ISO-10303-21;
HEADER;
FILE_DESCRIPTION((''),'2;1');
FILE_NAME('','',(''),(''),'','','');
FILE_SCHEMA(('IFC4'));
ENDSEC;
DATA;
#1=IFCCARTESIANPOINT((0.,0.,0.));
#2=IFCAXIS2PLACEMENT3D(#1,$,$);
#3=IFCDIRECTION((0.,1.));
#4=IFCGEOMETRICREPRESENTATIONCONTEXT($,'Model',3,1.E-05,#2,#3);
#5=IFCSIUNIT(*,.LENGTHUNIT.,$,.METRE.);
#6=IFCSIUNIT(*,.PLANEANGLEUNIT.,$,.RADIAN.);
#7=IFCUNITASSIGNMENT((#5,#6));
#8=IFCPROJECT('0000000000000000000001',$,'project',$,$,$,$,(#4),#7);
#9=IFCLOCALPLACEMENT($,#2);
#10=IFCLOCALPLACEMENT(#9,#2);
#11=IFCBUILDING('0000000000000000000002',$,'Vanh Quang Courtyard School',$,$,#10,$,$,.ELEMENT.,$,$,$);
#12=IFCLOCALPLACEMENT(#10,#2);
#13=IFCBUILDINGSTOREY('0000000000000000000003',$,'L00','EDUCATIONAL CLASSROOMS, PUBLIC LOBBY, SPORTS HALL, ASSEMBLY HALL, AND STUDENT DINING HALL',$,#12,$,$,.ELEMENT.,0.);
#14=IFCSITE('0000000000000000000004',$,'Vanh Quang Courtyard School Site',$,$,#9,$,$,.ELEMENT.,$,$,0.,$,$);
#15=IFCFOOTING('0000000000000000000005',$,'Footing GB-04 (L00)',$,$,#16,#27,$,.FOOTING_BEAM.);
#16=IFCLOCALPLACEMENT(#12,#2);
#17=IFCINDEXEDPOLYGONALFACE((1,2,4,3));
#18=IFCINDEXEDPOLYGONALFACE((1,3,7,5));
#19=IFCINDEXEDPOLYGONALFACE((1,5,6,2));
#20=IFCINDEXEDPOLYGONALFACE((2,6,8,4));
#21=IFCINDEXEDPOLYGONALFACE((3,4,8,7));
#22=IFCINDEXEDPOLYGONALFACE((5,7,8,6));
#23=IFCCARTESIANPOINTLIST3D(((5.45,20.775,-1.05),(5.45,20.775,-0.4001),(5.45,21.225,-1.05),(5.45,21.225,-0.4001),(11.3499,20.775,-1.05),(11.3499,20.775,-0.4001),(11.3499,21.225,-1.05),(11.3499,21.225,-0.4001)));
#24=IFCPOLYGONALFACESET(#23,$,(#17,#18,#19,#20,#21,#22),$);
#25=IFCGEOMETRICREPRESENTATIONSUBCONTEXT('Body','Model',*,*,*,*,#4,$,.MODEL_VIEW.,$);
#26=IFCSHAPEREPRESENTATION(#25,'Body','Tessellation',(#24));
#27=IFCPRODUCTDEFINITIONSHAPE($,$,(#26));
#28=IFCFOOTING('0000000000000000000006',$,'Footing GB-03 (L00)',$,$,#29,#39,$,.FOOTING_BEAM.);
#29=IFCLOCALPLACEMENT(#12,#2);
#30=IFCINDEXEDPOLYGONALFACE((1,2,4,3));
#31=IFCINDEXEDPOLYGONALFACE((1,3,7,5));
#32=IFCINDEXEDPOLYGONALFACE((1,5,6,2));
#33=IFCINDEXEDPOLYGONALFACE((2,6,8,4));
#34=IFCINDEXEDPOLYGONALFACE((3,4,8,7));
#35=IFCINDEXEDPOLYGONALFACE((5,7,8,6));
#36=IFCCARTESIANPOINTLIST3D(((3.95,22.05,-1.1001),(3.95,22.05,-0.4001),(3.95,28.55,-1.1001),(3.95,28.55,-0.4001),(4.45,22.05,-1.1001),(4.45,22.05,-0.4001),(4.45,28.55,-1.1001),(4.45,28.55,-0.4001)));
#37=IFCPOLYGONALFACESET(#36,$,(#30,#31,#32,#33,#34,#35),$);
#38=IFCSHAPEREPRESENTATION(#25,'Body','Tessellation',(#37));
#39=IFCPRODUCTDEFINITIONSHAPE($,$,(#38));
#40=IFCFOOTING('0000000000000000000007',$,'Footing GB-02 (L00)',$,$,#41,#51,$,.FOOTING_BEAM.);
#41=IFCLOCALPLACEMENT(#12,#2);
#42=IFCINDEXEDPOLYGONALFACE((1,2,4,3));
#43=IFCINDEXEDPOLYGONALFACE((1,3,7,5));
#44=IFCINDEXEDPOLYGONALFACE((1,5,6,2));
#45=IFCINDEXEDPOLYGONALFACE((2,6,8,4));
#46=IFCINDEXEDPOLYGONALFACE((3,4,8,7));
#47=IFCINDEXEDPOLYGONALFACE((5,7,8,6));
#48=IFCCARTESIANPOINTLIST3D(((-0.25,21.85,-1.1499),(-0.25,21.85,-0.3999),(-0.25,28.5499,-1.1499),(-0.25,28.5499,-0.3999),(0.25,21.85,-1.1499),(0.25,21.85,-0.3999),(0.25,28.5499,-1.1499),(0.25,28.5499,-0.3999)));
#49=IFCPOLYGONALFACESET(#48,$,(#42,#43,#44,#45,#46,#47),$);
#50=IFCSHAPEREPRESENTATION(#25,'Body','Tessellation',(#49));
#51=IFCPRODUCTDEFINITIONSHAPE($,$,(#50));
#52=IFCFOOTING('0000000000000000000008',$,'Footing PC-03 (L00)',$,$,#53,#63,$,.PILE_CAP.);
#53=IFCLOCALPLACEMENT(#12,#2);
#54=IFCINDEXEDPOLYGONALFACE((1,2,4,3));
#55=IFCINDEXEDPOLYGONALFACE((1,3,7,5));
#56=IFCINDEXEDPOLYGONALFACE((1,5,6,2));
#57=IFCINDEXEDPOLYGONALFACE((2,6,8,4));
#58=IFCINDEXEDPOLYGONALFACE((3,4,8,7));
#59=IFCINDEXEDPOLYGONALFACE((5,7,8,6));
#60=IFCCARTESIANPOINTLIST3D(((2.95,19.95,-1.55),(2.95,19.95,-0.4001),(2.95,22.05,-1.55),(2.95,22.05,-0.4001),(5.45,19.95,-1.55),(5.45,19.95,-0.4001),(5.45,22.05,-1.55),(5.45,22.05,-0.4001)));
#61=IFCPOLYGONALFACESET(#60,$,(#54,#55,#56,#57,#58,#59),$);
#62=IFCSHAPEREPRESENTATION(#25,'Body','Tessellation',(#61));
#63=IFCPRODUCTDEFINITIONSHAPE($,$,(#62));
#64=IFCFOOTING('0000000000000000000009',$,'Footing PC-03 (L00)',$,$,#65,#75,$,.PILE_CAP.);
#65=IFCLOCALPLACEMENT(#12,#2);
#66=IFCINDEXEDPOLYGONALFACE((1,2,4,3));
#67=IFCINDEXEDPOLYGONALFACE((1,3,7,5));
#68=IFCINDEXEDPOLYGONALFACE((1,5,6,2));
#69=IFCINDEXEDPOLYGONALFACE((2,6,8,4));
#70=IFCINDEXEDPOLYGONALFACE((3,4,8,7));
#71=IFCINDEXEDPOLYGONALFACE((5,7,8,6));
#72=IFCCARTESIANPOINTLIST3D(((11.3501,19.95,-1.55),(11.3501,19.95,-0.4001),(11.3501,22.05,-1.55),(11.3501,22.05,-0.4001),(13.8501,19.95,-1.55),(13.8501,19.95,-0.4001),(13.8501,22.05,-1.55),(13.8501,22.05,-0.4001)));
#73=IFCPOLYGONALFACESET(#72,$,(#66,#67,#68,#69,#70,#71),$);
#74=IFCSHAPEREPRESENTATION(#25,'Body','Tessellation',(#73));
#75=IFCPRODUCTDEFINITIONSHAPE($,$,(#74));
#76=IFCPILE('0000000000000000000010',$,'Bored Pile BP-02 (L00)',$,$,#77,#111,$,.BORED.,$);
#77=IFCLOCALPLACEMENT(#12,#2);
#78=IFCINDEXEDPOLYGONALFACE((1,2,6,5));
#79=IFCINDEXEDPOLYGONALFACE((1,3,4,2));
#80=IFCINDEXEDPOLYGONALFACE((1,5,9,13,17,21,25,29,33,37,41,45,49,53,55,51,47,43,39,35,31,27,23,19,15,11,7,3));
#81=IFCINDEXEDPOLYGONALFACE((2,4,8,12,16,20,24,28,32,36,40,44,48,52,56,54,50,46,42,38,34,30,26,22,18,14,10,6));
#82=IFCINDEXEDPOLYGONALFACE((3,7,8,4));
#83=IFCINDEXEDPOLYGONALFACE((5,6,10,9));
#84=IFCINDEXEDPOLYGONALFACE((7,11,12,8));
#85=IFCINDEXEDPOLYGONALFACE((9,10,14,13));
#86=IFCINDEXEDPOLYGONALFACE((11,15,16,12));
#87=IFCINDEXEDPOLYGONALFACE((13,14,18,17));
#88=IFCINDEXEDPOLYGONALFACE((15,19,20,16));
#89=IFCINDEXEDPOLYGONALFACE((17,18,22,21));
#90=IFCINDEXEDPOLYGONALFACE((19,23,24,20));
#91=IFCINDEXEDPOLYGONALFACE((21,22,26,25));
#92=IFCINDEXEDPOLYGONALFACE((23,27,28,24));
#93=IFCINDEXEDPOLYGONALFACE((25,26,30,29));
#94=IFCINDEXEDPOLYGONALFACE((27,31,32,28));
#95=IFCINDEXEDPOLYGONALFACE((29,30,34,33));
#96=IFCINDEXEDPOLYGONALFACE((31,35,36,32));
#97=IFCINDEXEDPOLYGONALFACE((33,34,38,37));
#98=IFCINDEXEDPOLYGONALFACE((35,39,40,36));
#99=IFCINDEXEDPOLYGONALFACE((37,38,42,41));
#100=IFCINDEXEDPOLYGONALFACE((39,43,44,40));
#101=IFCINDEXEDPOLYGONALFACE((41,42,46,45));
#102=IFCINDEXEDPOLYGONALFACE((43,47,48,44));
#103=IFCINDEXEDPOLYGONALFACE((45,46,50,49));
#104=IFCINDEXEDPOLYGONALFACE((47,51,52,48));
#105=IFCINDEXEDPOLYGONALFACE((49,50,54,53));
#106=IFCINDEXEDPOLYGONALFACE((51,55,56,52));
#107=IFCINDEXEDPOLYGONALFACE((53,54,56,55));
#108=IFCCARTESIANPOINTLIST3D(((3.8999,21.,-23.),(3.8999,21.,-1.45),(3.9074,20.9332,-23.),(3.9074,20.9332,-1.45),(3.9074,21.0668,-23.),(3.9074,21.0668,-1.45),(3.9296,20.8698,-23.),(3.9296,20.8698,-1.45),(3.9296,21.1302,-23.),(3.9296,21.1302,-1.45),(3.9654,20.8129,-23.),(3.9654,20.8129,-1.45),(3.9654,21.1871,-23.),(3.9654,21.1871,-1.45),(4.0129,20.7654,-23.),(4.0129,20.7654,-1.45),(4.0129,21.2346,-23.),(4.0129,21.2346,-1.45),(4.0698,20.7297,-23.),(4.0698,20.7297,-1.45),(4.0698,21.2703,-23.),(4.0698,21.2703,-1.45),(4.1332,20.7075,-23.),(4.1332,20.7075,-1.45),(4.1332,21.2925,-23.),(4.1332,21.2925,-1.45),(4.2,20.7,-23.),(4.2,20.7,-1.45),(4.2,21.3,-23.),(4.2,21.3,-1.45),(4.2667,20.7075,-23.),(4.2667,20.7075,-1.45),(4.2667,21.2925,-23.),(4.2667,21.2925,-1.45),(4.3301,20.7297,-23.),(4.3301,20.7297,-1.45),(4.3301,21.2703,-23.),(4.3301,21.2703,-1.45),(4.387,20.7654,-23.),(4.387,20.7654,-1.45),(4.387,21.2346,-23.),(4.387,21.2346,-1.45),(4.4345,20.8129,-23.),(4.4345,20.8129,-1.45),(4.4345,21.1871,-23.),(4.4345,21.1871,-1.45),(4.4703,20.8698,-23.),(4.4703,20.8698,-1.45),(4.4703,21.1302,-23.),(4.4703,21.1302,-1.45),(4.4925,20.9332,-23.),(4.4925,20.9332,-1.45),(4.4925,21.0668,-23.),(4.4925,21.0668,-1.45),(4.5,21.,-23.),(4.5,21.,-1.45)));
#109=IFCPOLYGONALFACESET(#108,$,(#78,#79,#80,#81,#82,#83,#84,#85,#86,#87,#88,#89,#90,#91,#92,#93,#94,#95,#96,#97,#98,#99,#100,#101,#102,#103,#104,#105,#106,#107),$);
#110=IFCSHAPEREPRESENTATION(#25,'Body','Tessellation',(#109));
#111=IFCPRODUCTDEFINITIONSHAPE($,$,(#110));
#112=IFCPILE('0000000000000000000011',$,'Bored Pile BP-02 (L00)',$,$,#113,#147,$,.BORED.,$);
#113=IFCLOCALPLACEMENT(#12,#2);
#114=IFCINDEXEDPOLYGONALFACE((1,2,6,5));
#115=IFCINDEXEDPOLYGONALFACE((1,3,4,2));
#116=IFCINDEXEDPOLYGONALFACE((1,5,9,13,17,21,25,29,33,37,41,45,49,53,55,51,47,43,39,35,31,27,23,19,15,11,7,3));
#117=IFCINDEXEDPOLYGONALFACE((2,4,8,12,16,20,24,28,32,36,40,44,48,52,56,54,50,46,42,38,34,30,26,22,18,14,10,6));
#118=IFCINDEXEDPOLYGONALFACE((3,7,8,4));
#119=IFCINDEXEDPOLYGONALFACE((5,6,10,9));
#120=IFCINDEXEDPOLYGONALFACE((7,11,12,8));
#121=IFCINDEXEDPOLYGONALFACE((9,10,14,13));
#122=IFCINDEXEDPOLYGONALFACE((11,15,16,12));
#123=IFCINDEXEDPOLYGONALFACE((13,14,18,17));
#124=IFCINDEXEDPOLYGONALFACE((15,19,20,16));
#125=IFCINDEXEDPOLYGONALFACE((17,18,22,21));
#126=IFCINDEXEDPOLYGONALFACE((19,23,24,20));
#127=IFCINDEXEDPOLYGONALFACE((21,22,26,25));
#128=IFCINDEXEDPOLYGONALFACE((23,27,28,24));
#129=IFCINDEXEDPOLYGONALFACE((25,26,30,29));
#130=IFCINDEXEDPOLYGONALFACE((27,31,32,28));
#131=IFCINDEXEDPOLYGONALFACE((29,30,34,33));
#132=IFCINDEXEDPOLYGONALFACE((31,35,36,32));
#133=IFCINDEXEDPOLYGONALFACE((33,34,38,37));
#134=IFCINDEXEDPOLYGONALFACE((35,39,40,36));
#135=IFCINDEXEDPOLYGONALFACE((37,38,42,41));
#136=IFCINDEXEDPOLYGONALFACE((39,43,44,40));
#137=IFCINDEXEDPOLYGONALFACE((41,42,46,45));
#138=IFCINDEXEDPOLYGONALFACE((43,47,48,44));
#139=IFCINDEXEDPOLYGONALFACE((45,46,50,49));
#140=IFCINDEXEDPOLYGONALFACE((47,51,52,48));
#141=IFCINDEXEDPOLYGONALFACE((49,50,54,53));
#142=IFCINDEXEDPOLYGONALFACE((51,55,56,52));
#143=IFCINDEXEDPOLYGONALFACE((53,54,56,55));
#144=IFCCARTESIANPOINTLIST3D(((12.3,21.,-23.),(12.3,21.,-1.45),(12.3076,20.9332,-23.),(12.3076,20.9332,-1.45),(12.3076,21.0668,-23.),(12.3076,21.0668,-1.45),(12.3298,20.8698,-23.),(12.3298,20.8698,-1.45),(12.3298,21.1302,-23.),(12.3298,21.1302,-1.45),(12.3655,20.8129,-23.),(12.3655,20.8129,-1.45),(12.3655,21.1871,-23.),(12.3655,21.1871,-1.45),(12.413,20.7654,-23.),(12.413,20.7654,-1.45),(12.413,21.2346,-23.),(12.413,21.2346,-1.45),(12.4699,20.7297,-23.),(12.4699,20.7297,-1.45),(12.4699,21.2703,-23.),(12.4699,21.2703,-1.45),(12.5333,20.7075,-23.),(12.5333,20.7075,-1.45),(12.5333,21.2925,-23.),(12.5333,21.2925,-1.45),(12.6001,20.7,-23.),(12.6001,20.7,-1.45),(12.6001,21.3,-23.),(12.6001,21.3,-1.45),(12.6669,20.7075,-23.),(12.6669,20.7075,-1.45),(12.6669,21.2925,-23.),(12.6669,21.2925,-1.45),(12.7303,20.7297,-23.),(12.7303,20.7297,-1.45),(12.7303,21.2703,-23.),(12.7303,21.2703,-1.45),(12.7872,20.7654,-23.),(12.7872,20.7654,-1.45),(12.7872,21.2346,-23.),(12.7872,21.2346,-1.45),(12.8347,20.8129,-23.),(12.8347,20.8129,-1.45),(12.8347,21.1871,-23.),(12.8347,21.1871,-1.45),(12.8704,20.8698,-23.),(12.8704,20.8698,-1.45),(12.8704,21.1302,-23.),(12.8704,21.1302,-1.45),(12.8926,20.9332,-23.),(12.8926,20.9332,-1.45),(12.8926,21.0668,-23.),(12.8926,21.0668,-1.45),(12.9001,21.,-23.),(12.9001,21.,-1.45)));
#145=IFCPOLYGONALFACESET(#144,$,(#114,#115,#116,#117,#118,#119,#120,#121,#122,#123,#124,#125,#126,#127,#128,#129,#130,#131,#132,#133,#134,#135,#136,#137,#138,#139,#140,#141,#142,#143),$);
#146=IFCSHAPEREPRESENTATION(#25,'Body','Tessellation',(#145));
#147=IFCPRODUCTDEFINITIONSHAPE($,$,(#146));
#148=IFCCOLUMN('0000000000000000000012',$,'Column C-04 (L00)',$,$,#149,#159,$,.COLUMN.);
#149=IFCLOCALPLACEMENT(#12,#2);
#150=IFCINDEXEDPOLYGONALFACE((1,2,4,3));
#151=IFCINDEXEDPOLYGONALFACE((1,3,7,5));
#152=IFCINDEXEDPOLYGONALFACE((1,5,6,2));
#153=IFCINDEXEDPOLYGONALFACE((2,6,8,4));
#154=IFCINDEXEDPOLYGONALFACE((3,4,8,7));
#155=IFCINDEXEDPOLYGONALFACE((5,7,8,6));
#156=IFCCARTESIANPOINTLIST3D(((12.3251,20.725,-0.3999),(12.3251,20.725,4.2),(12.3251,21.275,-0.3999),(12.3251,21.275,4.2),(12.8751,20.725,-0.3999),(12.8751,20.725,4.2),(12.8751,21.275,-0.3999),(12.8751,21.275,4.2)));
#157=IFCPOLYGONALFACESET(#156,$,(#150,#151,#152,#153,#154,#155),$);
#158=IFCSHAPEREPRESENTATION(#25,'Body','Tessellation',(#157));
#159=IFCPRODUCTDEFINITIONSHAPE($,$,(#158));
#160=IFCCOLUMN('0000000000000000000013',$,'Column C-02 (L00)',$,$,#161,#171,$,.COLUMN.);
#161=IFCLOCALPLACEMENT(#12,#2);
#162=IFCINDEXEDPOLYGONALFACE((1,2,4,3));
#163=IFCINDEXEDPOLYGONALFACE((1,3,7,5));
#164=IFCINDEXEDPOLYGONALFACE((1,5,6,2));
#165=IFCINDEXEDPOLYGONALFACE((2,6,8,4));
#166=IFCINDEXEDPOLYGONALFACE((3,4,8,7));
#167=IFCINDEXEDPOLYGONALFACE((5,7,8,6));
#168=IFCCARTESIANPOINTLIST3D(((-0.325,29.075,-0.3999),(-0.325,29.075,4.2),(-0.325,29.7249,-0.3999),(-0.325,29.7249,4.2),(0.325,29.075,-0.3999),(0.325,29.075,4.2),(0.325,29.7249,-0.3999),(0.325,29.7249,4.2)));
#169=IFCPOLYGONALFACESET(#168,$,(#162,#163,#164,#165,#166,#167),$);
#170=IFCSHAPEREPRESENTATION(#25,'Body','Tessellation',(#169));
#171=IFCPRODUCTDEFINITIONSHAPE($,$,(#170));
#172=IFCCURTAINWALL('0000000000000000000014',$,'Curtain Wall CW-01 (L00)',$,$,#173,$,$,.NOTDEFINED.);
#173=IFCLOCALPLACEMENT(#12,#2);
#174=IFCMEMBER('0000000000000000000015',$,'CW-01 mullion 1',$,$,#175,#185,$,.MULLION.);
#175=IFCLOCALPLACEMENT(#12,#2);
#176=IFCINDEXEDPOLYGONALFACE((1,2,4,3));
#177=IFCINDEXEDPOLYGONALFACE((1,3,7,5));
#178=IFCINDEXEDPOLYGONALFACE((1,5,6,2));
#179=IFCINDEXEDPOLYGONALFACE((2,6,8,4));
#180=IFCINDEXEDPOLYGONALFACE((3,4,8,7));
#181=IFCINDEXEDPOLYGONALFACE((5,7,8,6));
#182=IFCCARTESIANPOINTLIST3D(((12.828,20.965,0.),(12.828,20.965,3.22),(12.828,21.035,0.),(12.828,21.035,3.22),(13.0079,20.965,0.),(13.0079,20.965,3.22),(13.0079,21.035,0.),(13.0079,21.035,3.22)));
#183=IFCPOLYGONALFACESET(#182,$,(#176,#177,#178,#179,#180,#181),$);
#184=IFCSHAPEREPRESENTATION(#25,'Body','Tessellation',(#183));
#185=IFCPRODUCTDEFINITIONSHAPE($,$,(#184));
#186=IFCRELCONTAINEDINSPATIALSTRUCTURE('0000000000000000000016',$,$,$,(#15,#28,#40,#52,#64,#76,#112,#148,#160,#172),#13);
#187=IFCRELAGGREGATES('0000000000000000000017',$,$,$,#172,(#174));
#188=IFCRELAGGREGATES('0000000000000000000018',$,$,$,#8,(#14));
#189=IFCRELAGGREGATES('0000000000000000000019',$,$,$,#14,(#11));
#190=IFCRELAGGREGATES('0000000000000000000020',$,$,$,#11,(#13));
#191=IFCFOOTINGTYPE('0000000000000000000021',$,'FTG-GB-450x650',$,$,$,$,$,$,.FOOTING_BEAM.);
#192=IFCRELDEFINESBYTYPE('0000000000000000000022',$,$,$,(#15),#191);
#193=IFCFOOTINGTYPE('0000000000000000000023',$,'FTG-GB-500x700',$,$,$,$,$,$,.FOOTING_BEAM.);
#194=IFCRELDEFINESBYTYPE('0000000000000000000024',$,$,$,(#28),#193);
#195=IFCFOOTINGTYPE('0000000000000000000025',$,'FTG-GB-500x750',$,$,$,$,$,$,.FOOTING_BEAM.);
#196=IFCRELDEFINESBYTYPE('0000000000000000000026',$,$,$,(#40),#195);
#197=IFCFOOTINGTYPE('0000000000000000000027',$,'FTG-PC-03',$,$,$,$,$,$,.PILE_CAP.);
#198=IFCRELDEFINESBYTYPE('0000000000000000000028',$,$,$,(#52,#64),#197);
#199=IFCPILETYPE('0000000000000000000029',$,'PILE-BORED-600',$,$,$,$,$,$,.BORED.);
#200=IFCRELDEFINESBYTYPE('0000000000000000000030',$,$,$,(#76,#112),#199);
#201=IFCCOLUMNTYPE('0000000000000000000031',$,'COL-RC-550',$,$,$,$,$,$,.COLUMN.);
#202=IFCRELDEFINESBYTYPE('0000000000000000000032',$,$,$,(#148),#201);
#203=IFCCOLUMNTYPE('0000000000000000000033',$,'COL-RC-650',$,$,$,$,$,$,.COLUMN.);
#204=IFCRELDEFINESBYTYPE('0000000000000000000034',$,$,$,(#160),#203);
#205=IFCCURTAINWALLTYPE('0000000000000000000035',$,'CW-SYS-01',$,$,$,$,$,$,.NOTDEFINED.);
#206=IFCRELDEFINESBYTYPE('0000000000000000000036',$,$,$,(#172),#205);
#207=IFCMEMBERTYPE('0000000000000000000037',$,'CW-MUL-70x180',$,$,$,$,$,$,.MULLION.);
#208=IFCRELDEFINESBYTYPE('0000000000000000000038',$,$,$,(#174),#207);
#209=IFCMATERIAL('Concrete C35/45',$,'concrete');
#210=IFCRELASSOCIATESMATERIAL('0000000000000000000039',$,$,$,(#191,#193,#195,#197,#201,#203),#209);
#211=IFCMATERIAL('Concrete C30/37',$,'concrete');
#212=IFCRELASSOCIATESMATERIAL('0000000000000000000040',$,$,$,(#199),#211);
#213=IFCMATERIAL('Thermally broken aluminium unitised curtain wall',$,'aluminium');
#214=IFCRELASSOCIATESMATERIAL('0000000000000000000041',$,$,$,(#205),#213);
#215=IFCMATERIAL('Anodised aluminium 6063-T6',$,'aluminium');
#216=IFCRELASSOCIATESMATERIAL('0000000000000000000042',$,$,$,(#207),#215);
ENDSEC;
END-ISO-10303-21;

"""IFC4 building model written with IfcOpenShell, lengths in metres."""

from ifc_helpers import new_model, si_unit, direction, frame, origin, origin_2d, place, context, subcontext, project, spatial, rectangle, circle, extrude, material, material_profile, profile_set, type_object, element, aggregate, save


model = new_model("IFC4")

# Units and contexts
model_context = context("Model", 3, precision=1e-05, world=origin(), true_north=direction((0.0, 1.0)))
body_context = subcontext(model_context, "Body", "Model", "MODEL_VIEW")
ifc_project = project(units=[si_unit("LENGTHUNIT", "METRE"), si_unit("PLANEANGLEUNIT", "RADIAN")], contexts=[model_context])

# Site, building, storey
site_placement = place(None, origin())
site = spatial("IfcSite", under=ifc_project, at=site_placement, Name="Vanh Quang Courtyard School Site", CompositionType="ELEMENT", RefElevation=0.0)
building_placement = place(site_placement, origin())
building = spatial("IfcBuilding", under=site, at=building_placement, Name="Vanh Quang Courtyard School", CompositionType="ELEMENT")
storey_placement = place(building_placement, origin())
storey = spatial("IfcBuildingStorey", under=building, at=storey_placement, Name="L00", Description="EDUCATIONAL CLASSROOMS, PUBLIC LOBBY, SPORTS HALL, ASSEMBLY HALL, AND STUDENT DINING HALL", CompositionType="ELEMENT", Elevation=0.0)

# Footings
ifc_material_1 = material(Name="Concrete C35/45", Category="concrete")
footing_type_1 = type_object("IfcFootingType", Name="FTG-GB-450x650", PredefinedType="FOOTING_BEAM", material=ifc_material_1)
footing_1_placement = place(storey_placement, frame((8.3999, 21.0, -1.05), z_axis=(0.0, 0.0, 1.0), x_axis=(1.0, 0.0, 0.0)))
element("IfcFooting", 1, at=footing_1_placement, inside=storey, type_object=footing_type_1, Name="Footing GB-04 (L00)", PredefinedType="FOOTING_BEAM", context=body_context, shape_type="SweptSolid", body=[
    extrude(rectangle(XDim=5.8999, YDim=0.45, at=origin_2d()), origin(), (0.0, 0.0, 1.0), 0.6499),
])
footing_type_2 = type_object("IfcFootingType", Name="FTG-GB-500x700", PredefinedType="FOOTING_BEAM", material=ifc_material_1)
footing_2_placement = place(storey_placement, frame((4.2, 25.3, -1.1001), z_axis=(0.0, 0.0, 1.0), x_axis=(0.0, 1.0, 0.0)))
element("IfcFooting", 2, at=footing_2_placement, inside=storey, type_object=footing_type_2, Name="Footing GB-03 (L00)", PredefinedType="FOOTING_BEAM", context=body_context, shape_type="SweptSolid", body=[
    extrude(rectangle(XDim=6.5, YDim=0.5, at=origin_2d()), origin(), (0.0, 0.0, 1.0), 0.7),
])
footing_type_3 = type_object("IfcFootingType", Name="FTG-GB-500x750", PredefinedType="FOOTING_BEAM", material=ifc_material_1)
footing_3_placement = place(storey_placement, frame((0.0, 25.2, -1.1499), z_axis=(0.0, 0.0, 1.0), x_axis=(0.0, 1.0, 0.0)))
element("IfcFooting", 3, at=footing_3_placement, inside=storey, type_object=footing_type_3, Name="Footing GB-02 (L00)", PredefinedType="FOOTING_BEAM", context=body_context, shape_type="SweptSolid", body=[
    extrude(rectangle(XDim=6.7, YDim=0.5, at=origin_2d()), origin(), (0.0, 0.0, 1.0), 0.75),
])
footing_type_4 = type_object("IfcFootingType", Name="FTG-PC-03", PredefinedType="PILE_CAP", material=ifc_material_1)
for number, where, z_axis, x_axis, name in (
    (4, (4.2, 21.0, -1.55), (0.0, 0.0, 1.0), (1.0, 0.0, 0.0), "Footing PC-03 (L00)"),
    (5, (12.6001, 21.0, -1.55), (0.0, 0.0, 1.0), (1.0, 0.0, 0.0), "Footing PC-03 (L00)"),
):
    element("IfcFooting", number, at=place(storey_placement, frame(where, z_axis=z_axis, x_axis=x_axis)), inside=storey, type_object=footing_type_4, Name=name, PredefinedType="PILE_CAP", context=body_context, shape_type="SweptSolid", body=[
        extrude(rectangle(XDim=2.5, YDim=2.1001, at=origin_2d()), origin(), (0.0, 0.0, 1.0), 1.1499),
    ])

# Piles
ifc_material_2 = material(Name="Concrete C30/37", Category="concrete")
ifc_material_profile_1 = material_profile(ifc_material_2, circle(Radius=0.3, at=origin_2d()), Name="PILE D600")
ifc_profile_set_1 = profile_set([ifc_material_profile_1], Name="Concrete C30/37")
pile_type = type_object("IfcPileType", Name="PILE-BORED-600", PredefinedType="BORED", material=ifc_profile_set_1)
for number, where, z_axis, x_axis, name in (
    (6, (4.2, 21.0, -1.45), (0.0, 0.0, -1.0), (1.0, 0.0, 0.0), "Bored Pile BP-02 (L00)"),
    (7, (12.6001, 21.0, -1.45), (0.0, 0.0, -1.0), (1.0, 0.0, 0.0), "Bored Pile BP-02 (L00)"),
):
    element("IfcPile", number, at=place(storey_placement, frame(where, z_axis=z_axis, x_axis=x_axis)), inside=storey, type_object=pile_type, Name=name, PredefinedType="BORED", context=body_context, shape_type="SweptSolid", body=[
        extrude(circle(Radius=0.3, at=origin_2d()), origin(), (0.0, 0.0, 1.0), 21.55),
    ])

# Columns
ifc_material_profile_2 = material_profile(ifc_material_1, rectangle(XDim=0.55, YDim=0.55, at=origin_2d()), Name="RC-COL 550x550")
ifc_profile_set_2 = profile_set([ifc_material_profile_2], Name="Concrete C35/45")
column_type_1 = type_object("IfcColumnType", Name="COL-RC-550", PredefinedType="COLUMN", material=ifc_profile_set_2)
column_1_placement = place(storey_placement, frame((12.6001, 21.0, -0.3999), z_axis=(0.0, 0.0, 1.0), x_axis=(1.0, 0.0, 0.0)))
element("IfcColumn", 8, at=column_1_placement, inside=storey, type_object=column_type_1, Name="Column C-04 (L00)", PredefinedType="COLUMN", context=body_context, shape_type="SweptSolid", body=[
    extrude(rectangle(XDim=0.55, YDim=0.55, at=origin_2d()), origin(), (0.0, 0.0, 1.0), 4.5999),
])
ifc_material_profile_3 = material_profile(ifc_material_1, rectangle(XDim=0.6499, YDim=0.6499, at=origin_2d()), Name="RC-COL 650x650")
ifc_profile_set_3 = profile_set([ifc_material_profile_3], Name="Concrete C35/45")
column_type_2 = type_object("IfcColumnType", Name="COL-RC-650", PredefinedType="COLUMN", material=ifc_profile_set_3)
column_2_placement = place(storey_placement, frame((0.0, 29.3999, -0.3999), z_axis=(0.0, 0.0, 1.0), x_axis=(1.0, 0.0, 0.0)))
element("IfcColumn", 9, at=column_2_placement, inside=storey, type_object=column_type_2, Name="Column C-02 (L00)", PredefinedType="COLUMN", context=body_context, shape_type="SweptSolid", body=[
    extrude(rectangle(XDim=0.6499, YDim=0.6499, at=origin_2d()), origin(), (0.0, 0.0, 1.0), 4.5999),
])

# Curtain wall, member
ifc_material_3 = material(Name="Thermally broken aluminium unitised curtain wall", Category="aluminium")
curtain_wall_type = type_object("IfcCurtainWallType", Name="CW-SYS-01", PredefinedType="NOTDEFINED", material=ifc_material_3)
curtain_wall_placement = place(storey_placement, origin())
curtain_wall = element("IfcCurtainWall", 10, at=curtain_wall_placement, inside=storey, type_object=curtain_wall_type, Name="Curtain Wall CW-01 (L00)", PredefinedType="NOTDEFINED")
ifc_material_4 = material(Name="Anodised aluminium 6063-T6", Category="aluminium")
ifc_material_profile_4 = material_profile(ifc_material_4, rectangle(XDim=0.0701, YDim=0.1799, at=origin_2d()), Name="ALU-MUL 70x180")
ifc_profile_set_4 = profile_set([ifc_material_profile_4], Name="Anodised aluminium 6063-T6")
member_type_1 = type_object("IfcMemberType", Name="CW-MUL-70x180", PredefinedType="MULLION", material=ifc_profile_set_4)
member_1_placement = place(storey_placement, frame((12.918, 21.0, 0.0), z_axis=(0.0, 0.0, 1.0), x_axis=(0.0, 1.0, 0.0)))
member_1 = element("IfcMember", 11, at=member_1_placement, type_object=member_type_1, Name="CW-01 mullion 1", PredefinedType="MULLION", context=body_context, shape_type="SweptSolid", body=[
    extrude(rectangle(XDim=0.0701, YDim=0.1799, at=origin_2d()), origin(), (0.0, 0.0, 1.0), 3.22),
])
aggregate(curtain_wall, [member_1])

save(model, "model.ifc")
